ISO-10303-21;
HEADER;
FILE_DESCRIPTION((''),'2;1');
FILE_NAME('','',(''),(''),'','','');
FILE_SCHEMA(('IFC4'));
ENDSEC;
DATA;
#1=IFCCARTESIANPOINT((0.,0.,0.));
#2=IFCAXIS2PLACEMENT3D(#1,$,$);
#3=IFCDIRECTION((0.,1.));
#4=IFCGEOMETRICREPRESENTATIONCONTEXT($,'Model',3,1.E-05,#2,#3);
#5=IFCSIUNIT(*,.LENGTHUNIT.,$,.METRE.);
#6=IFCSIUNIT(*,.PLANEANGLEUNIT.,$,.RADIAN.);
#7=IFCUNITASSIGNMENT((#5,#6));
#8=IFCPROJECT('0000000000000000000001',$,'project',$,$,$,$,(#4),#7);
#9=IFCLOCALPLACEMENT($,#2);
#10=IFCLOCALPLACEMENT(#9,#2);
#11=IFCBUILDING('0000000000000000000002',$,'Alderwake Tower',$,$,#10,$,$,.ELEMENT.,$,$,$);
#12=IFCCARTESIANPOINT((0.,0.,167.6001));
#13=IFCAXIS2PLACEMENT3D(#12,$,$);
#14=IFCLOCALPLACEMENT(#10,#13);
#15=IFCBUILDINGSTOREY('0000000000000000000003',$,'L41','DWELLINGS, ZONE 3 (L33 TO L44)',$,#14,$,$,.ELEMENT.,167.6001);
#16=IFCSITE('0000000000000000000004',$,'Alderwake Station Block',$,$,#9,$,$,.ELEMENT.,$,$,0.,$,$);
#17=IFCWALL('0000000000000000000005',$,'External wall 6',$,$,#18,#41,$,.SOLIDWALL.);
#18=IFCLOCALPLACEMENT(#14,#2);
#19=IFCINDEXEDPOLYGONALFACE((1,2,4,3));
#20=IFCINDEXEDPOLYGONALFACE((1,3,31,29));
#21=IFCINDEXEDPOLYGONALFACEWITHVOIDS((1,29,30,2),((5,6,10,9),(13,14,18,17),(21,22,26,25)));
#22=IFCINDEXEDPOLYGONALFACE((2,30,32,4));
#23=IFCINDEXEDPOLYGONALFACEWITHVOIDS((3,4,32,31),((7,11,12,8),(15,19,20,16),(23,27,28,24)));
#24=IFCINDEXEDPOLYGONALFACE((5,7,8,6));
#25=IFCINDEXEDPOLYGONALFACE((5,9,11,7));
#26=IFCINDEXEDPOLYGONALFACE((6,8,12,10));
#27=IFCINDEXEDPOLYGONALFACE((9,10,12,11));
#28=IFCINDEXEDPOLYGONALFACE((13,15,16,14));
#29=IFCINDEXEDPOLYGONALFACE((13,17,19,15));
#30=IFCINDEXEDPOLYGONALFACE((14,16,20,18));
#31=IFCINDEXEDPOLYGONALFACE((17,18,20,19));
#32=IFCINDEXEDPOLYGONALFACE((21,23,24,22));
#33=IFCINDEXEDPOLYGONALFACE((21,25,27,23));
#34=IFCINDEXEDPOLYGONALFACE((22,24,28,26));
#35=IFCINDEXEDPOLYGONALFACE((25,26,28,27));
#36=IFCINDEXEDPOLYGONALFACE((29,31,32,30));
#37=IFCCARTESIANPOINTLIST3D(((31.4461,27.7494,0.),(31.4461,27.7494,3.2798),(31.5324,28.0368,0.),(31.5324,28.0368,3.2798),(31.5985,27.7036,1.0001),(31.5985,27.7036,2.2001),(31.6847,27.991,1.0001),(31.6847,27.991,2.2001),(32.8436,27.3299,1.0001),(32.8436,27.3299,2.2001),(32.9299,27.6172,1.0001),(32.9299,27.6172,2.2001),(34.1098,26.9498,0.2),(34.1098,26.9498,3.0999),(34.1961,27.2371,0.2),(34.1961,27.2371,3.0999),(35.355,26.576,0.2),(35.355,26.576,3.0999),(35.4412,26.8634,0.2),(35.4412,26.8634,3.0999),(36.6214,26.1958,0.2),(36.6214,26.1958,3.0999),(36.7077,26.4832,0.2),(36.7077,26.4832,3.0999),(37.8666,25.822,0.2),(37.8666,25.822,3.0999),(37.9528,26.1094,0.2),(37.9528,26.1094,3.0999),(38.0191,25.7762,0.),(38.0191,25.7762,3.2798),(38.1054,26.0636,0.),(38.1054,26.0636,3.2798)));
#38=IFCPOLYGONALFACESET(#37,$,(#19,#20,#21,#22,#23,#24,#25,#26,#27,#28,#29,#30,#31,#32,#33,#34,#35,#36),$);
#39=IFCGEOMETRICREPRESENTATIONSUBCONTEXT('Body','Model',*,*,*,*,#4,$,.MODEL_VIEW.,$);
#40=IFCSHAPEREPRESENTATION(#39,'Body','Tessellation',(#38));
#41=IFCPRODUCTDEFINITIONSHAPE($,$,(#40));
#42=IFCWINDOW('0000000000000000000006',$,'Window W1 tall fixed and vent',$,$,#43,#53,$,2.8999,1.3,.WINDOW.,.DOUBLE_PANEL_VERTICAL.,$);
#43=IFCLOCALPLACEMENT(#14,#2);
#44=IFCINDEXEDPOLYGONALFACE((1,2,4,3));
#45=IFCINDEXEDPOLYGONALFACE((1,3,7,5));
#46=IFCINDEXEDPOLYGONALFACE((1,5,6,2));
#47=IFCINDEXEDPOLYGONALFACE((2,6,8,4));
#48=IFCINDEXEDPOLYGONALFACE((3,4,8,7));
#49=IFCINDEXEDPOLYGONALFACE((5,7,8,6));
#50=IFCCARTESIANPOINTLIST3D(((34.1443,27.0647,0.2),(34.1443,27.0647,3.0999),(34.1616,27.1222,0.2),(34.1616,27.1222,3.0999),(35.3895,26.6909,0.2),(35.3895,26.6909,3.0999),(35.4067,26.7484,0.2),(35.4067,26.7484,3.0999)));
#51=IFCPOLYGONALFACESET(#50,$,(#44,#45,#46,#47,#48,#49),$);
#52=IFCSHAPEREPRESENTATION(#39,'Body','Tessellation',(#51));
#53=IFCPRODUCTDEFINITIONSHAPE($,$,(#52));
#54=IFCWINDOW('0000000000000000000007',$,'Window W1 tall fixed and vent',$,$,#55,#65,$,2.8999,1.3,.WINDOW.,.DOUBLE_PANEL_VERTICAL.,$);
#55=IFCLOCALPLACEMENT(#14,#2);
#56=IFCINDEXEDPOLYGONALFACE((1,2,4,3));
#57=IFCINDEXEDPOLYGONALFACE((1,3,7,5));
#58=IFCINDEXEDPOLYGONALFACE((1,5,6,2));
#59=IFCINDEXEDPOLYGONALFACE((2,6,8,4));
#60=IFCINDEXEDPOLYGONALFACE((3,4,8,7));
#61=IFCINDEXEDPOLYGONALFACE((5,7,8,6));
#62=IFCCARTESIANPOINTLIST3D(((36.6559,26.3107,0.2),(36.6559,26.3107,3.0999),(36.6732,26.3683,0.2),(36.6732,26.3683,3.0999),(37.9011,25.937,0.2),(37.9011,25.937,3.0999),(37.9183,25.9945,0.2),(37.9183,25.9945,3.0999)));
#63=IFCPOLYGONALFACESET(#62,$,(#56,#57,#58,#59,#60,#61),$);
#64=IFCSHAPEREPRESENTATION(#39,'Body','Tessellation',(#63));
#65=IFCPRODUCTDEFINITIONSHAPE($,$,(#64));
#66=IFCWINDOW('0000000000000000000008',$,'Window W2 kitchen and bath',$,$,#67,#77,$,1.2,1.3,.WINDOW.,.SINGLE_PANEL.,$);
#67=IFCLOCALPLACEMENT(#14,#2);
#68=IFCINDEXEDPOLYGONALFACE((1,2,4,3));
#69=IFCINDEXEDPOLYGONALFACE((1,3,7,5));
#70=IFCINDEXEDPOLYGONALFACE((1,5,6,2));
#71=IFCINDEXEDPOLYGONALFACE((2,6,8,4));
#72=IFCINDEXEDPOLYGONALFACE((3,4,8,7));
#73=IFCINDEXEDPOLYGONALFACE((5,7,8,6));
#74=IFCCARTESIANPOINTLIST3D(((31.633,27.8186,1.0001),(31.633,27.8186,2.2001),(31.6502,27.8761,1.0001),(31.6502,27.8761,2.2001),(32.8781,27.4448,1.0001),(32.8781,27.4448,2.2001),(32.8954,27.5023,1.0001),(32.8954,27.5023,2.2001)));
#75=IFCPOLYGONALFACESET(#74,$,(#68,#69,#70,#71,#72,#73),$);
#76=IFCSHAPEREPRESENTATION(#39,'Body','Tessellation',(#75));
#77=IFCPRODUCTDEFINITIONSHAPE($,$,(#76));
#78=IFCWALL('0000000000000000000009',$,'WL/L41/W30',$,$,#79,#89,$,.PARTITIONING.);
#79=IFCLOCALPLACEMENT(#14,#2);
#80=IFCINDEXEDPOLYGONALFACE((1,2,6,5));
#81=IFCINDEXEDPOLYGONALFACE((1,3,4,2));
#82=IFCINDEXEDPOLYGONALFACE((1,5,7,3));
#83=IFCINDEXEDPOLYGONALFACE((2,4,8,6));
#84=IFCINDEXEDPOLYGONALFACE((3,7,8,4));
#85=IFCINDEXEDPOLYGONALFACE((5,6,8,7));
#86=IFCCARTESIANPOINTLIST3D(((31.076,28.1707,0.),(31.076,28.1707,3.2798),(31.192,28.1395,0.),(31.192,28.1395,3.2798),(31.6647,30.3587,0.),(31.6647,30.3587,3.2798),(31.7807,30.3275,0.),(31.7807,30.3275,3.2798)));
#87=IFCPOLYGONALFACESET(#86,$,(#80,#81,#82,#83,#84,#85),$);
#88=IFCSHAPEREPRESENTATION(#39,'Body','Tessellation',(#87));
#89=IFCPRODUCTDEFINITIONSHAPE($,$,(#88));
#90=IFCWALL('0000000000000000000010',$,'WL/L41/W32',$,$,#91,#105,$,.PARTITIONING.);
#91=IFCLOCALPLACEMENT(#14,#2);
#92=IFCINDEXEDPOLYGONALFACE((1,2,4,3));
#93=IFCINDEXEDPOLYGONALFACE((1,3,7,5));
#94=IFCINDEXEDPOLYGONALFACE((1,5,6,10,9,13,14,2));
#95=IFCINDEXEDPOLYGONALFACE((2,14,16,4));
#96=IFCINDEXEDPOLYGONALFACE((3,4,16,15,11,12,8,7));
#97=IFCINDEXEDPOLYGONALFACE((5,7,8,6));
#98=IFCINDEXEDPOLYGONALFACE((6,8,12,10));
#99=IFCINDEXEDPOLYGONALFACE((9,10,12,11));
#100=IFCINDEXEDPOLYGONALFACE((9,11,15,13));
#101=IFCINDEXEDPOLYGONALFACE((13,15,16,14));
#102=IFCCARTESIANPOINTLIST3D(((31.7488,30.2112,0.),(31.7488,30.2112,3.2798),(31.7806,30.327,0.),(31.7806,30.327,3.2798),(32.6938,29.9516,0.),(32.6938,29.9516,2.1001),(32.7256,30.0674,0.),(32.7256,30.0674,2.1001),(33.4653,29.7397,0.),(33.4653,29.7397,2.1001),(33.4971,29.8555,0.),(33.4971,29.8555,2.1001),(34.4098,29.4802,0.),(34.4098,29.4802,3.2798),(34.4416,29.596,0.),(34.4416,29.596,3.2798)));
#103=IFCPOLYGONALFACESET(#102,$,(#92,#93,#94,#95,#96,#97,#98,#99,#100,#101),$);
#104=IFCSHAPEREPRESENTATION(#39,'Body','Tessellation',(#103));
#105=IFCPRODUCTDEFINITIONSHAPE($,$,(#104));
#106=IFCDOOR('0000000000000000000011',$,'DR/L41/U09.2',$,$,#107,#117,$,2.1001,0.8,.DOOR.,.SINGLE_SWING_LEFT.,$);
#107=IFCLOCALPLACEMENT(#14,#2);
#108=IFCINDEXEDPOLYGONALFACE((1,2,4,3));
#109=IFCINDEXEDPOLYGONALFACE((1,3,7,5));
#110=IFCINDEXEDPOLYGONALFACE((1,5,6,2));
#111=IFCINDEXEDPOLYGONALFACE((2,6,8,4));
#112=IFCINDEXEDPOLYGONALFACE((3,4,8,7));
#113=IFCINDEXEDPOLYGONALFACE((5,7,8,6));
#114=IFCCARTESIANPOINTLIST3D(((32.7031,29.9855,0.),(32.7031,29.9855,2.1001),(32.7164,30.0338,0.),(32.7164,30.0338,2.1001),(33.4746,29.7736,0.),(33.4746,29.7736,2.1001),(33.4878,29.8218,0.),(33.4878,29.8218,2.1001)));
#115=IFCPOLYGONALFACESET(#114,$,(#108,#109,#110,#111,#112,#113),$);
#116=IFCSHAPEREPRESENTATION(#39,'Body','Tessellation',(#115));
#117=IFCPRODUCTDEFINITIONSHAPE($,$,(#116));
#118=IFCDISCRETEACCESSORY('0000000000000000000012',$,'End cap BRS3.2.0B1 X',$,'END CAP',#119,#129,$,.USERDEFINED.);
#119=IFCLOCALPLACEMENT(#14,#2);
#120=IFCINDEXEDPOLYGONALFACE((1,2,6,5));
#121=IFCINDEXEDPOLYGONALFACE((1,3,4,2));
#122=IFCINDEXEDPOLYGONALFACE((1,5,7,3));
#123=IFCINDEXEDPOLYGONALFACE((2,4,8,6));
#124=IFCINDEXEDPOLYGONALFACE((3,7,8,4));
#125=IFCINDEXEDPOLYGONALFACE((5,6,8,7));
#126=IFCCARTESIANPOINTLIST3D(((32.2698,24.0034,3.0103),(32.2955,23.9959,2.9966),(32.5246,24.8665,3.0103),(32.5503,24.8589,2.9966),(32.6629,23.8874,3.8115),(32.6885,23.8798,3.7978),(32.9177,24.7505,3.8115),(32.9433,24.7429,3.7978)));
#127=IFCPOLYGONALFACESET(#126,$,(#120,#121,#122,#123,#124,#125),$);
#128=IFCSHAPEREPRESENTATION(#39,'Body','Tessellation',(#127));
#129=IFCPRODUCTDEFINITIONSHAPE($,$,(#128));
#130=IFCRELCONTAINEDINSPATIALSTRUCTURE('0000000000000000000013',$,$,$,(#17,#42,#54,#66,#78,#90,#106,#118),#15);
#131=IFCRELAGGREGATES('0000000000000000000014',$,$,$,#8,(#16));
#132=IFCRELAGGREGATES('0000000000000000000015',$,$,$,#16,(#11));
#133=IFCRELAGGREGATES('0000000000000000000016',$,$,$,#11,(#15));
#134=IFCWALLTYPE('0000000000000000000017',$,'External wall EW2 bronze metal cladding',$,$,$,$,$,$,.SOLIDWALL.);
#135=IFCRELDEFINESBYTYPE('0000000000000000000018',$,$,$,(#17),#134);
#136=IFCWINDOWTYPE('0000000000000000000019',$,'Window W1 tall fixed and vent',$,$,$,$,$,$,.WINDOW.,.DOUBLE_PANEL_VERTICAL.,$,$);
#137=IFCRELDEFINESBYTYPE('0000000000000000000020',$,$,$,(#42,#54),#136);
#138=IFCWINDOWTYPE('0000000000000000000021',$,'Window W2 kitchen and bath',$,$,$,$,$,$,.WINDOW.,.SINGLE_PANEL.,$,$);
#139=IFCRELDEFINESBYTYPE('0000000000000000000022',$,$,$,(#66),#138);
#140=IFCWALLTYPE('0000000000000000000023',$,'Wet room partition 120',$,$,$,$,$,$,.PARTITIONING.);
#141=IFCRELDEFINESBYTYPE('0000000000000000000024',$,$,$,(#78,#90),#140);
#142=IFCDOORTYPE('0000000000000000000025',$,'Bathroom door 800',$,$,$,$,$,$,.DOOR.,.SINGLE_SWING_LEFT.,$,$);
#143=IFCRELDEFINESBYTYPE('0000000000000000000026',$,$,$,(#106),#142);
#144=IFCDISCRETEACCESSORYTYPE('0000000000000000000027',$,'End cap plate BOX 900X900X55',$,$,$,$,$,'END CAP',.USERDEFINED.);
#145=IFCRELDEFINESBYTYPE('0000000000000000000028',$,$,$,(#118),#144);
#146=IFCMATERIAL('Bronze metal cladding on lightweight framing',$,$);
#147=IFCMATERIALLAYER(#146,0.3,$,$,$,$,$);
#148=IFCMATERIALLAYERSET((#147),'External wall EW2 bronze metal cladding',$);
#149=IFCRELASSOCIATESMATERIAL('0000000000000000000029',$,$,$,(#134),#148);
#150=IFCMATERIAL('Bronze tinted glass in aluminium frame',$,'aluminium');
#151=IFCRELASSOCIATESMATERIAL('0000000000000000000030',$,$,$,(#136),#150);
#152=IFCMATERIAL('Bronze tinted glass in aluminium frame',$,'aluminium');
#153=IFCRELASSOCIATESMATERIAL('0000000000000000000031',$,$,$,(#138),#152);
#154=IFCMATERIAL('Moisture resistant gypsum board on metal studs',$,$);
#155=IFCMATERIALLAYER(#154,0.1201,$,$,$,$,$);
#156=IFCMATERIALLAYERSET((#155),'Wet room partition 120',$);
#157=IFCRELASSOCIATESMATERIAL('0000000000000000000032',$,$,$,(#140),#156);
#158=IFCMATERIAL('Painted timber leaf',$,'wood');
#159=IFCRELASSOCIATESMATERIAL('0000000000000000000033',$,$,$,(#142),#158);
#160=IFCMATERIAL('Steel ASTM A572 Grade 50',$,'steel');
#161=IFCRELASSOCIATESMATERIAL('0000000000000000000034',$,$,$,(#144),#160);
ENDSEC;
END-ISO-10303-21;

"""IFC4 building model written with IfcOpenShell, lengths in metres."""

from ifc_helpers import new_model, si_unit, direction, frame, frame_2d, origin, origin_2d, place, context, subcontext, project, spatial, rectangle, extrude, material, layer, layer_set, material_profile, profile_set, type_object, element, fill, save


model = new_model("IFC4")

# Units and contexts
model_context = context("Model", 3, precision=1e-05, world=origin(), true_north=direction((0.0, 1.0)))
body_context = subcontext(model_context, "Body", "Model", "MODEL_VIEW")
ifc_project = project(units=[si_unit("LENGTHUNIT", "METRE"), si_unit("PLANEANGLEUNIT", "RADIAN")], contexts=[model_context])

# Site, building, storey
site_placement = place(None, origin())
site = spatial("IfcSite", under=ifc_project, at=site_placement, Name="Alderwake Station Block", CompositionType="ELEMENT", RefElevation=0.0)
building_placement = place(site_placement, origin())
building = spatial("IfcBuilding", under=site, at=building_placement, Name="Alderwake Tower", CompositionType="ELEMENT")
storey_placement = place(building_placement, frame((0.0, 0.0, 167.6001)))
storey = spatial("IfcBuildingStorey", under=building, at=storey_placement, Name="L41", Description="DWELLINGS, ZONE 3 (L33 TO L44)", CompositionType="ELEMENT", Elevation=167.6001)

# Wall, openings, windows
ifc_material_1 = material(Name="Bronze metal cladding on lightweight framing")
ifc_layer_1 = layer(ifc_material_1, 0.3)
ifc_layer_set_1 = layer_set([ifc_layer_1], Name="External wall EW2 bronze metal cladding")
wall_type_1 = type_object("IfcWallType", Name="External wall EW2 bronze metal cladding", PredefinedType="SOLIDWALL", material=ifc_layer_set_1)
ifc_material_2 = material(Name="Bronze tinted glass in aluminium frame", Category="aluminium")
window_type_1 = type_object("IfcWindowType", Name="Window W1 tall fixed and vent", PartitioningType="DOUBLE_PANEL_VERTICAL", PredefinedType="WINDOW", material=ifc_material_2)
wall_1_placement = place(storey_placement, frame((31.4893, 27.8931, 0.0), z_axis=(0.0, 0.0, 1.0), x_axis=(0.957776, -0.287514, 0.0)))
wall_1 = element("IfcWall", 1, at=wall_1_placement, inside=storey, type_object=wall_type_1, Name="External wall 6", PredefinedType="SOLIDWALL", context=body_context, shape_type="SweptSolid", body=[
    extrude(rectangle(XDim=6.8628, YDim=0.3, at=frame_2d((3.4314, 0.0))), origin(), (0.0, 0.0, 1.0), 3.2798),
])
opening_1_placement = place(wall_1_placement, frame((0.1592, 0.0, 1.0)))
opening_1 = element("IfcOpeningElement", 2, at=opening_1_placement, cuts=wall_1, PredefinedType="OPENING", context=body_context, shape_type="SweptSolid", body=[
    extrude(rectangle(XDim=1.3, YDim=1.2, at=frame_2d((0.6499, 0.6001))), frame((0.0, 0.1599, 0.0), z_axis=(0.0, -1.0, 0.0), x_axis=(1.0, 0.0, 0.0)), (0.0, 0.0, 1.0), 0.3201),
])
opening_2_placement = place(wall_1_placement, frame((2.7812, 0.0, 0.2)))
opening_2 = element("IfcOpeningElement", 3, at=opening_2_placement, cuts=wall_1, PredefinedType="OPENING", context=body_context, shape_type="SweptSolid", body=[
    extrude(rectangle(XDim=1.3, YDim=2.8999, at=frame_2d((0.6499, 1.45))), frame((0.0, 0.1599, 0.0), z_axis=(0.0, -1.0, 0.0), x_axis=(1.0, 0.0, 0.0)), (0.0, 0.0, 1.0), 0.3201),
])
opening_3_placement = place(wall_1_placement, frame((5.4036, 0.0, 0.2)))
opening_3 = element("IfcOpeningElement", 4, at=opening_3_placement, cuts=wall_1, PredefinedType="OPENING", context=body_context, shape_type="SweptSolid", body=[
    extrude(rectangle(XDim=1.3, YDim=2.8999, at=frame_2d((0.6499, 1.45))), frame((0.0, 0.1599, 0.0), z_axis=(0.0, -1.0, 0.0), x_axis=(1.0, 0.0, 0.0)), (0.0, 0.0, 1.0), 0.3201),
])
window_1_placement = place(opening_2_placement, origin())
window_1 = element("IfcWindow", 5, at=window_1_placement, inside=storey, type_object=window_type_1, Name="Window W1 tall fixed and vent", OverallHeight=2.8999, OverallWidth=1.3, PartitioningType="DOUBLE_PANEL_VERTICAL", PredefinedType="WINDOW", context=body_context, shape_type="SweptSolid", body=[
    extrude(rectangle(XDim=1.3, YDim=2.8999, at=frame_2d((0.6499, 1.45))), frame((0.0, 0.03, 0.0), z_axis=(0.0, -1.0, 0.0), x_axis=(1.0, 0.0, 0.0)), (0.0, 0.0, 1.0), 0.0601),
])
fill(opening_2, window_1)
window_2_placement = place(opening_3_placement, origin())
window_2 = element("IfcWindow", 6, at=window_2_placement, inside=storey, type_object=window_type_1, Name="Window W1 tall fixed and vent", OverallHeight=2.8999, OverallWidth=1.3, PartitioningType="DOUBLE_PANEL_VERTICAL", PredefinedType="WINDOW", context=body_context, shape_type="SweptSolid", body=[
    extrude(rectangle(XDim=1.3, YDim=2.8999, at=frame_2d((0.6499, 1.45))), frame((0.0, 0.03, 0.0), z_axis=(0.0, -1.0, 0.0), x_axis=(1.0, 0.0, 0.0)), (0.0, 0.0, 1.0), 0.0601),
])
fill(opening_3, window_2)
ifc_material_3 = material(Name="Bronze tinted glass in aluminium frame", Category="aluminium")
window_type_2 = type_object("IfcWindowType", Name="Window W2 kitchen and bath", PartitioningType="SINGLE_PANEL", PredefinedType="WINDOW", material=ifc_material_3)
window_3_placement = place(opening_1_placement, origin())
window_3 = element("IfcWindow", 7, at=window_3_placement, inside=storey, type_object=window_type_2, Name="Window W2 kitchen and bath", OverallHeight=1.2, OverallWidth=1.3, PartitioningType="SINGLE_PANEL", PredefinedType="WINDOW", context=body_context, shape_type="SweptSolid", body=[
    extrude(rectangle(XDim=1.3, YDim=1.2, at=frame_2d((0.6499, 0.6001))), frame((0.0, 0.03, 0.0), z_axis=(0.0, -1.0, 0.0), x_axis=(1.0, 0.0, 0.0)), (0.0, 0.0, 1.0), 0.0601),
])
fill(opening_1, window_3)

# Wall
ifc_material_4 = material(Name="Moisture resistant gypsum board on metal studs")
ifc_layer_2 = layer(ifc_material_4, 0.1201)
ifc_layer_set_2 = layer_set([ifc_layer_2], Name="Wet room partition 120")
wall_type_2 = type_object("IfcWallType", Name="Wet room partition 120", PredefinedType="PARTITIONING", material=ifc_layer_set_2)
wall_2_placement = place(storey_placement, frame((31.7227, 30.343, 0.0), z_axis=(0.0, 0.0, 1.0), x_axis=(-0.259788, -0.965666, 0.0)))
element("IfcWall", 8, at=wall_2_placement, inside=storey, type_object=wall_type_2, Name="WL/L41/W30", PredefinedType="PARTITIONING", context=body_context, shape_type="SweptSolid", body=[
    extrude(rectangle(XDim=2.2659, YDim=0.1201, at=frame_2d((1.1328, 0.0))), origin(), (0.0, 0.0, 1.0), 3.2798),
])

# Wall, opening, door
wall_3_placement = place(storey_placement, frame((34.4258, 29.5381, 0.0), z_axis=(0.0, 0.0, 1.0), x_axis=(-0.964278, 0.264891, 0.0)))
wall_3 = element("IfcWall", 9, at=wall_3_placement, inside=storey, type_object=wall_type_2, Name="WL/L41/W32", PredefinedType="PARTITIONING", context=body_context, shape_type="SweptSolid", body=[
    extrude(rectangle(XDim=2.7595, YDim=0.1201, at=frame_2d((1.3799, 0.0))), origin(), (0.0, 0.0, 1.0), 3.2798),
])
opening_4_placement = place(wall_3_placement, frame((0.9797, 0.0, 0.0)))
opening_4 = element("IfcOpeningElement", 10, at=opening_4_placement, cuts=wall_3, PredefinedType="OPENING", context=body_context, shape_type="SweptSolid", body=[
    extrude(rectangle(XDim=0.8, YDim=2.1001, at=frame_2d((0.3999, 1.05))), frame((0.0, 0.0701, 0.0), z_axis=(0.0, -1.0, 0.0), x_axis=(1.0, 0.0, 0.0)), (0.0, 0.0, 1.0), 0.1401),
])
ifc_material_5 = material(Name="Painted timber leaf", Category="wood")
door_type_1 = type_object("IfcDoorType", Name="Bathroom door 800", OperationType="SINGLE_SWING_LEFT", PredefinedType="DOOR", material=ifc_material_5)
door_1_placement = place(opening_4_placement, origin())
door_1 = element("IfcDoor", 11, at=door_1_placement, inside=storey, type_object=door_type_1, Name="DR/L41/U09.2", OperationType="SINGLE_SWING_LEFT", OverallHeight=2.1001, OverallWidth=0.8, PredefinedType="DOOR", context=body_context, shape_type="SweptSolid", body=[
    extrude(rectangle(XDim=0.8, YDim=2.1001, at=frame_2d((0.3999, 1.05))), frame((0.0, 0.0249, 0.0), z_axis=(0.0, -1.0, 0.0), x_axis=(1.0, 0.0, 0.0)), (0.0, 0.0, 1.0), 0.05),
])
fill(opening_4, door_1)

# Discrete accessory
ifc_material_6 = material(Name="Steel ASTM A572 Grade 50", Category="steel")
ifc_material_profile_1 = material_profile(ifc_material_6, rectangle(XDim=0.8999, YDim=0.8999, at=origin_2d()), Name="BOX 900X900X55 cap")
ifc_profile_set_1 = profile_set([ifc_material_profile_1], Name="Steel ASTM A572 Grade 50")
discrete_accessory_type = type_object("IfcDiscreteAccessoryType", Name="End cap plate BOX 900X900X55", ElementType="END CAP", PredefinedType="USERDEFINED", material=ifc_profile_set_1)
discrete_accessory_placement = place(storey_placement, frame((32.6194, 24.3694, 3.3972), z_axis=(-0.853856, 0.252091, 0.45539), x_axis=(-0.283155, -0.959074, 0.0)))
element("IfcDiscreteAccessory", 12, at=discrete_accessory_placement, inside=storey, type_object=discrete_accessory_type, Name="End cap BRS3.2.0B1 X", ObjectType="END CAP", PredefinedType="USERDEFINED", context=body_context, shape_type="SweptSolid", body=[
    extrude(rectangle(XDim=0.8999, YDim=0.8999, at=origin_2d()), origin(), (0.0, 0.0, 1.0), 0.03),
])

save(model, "model.ifc")
